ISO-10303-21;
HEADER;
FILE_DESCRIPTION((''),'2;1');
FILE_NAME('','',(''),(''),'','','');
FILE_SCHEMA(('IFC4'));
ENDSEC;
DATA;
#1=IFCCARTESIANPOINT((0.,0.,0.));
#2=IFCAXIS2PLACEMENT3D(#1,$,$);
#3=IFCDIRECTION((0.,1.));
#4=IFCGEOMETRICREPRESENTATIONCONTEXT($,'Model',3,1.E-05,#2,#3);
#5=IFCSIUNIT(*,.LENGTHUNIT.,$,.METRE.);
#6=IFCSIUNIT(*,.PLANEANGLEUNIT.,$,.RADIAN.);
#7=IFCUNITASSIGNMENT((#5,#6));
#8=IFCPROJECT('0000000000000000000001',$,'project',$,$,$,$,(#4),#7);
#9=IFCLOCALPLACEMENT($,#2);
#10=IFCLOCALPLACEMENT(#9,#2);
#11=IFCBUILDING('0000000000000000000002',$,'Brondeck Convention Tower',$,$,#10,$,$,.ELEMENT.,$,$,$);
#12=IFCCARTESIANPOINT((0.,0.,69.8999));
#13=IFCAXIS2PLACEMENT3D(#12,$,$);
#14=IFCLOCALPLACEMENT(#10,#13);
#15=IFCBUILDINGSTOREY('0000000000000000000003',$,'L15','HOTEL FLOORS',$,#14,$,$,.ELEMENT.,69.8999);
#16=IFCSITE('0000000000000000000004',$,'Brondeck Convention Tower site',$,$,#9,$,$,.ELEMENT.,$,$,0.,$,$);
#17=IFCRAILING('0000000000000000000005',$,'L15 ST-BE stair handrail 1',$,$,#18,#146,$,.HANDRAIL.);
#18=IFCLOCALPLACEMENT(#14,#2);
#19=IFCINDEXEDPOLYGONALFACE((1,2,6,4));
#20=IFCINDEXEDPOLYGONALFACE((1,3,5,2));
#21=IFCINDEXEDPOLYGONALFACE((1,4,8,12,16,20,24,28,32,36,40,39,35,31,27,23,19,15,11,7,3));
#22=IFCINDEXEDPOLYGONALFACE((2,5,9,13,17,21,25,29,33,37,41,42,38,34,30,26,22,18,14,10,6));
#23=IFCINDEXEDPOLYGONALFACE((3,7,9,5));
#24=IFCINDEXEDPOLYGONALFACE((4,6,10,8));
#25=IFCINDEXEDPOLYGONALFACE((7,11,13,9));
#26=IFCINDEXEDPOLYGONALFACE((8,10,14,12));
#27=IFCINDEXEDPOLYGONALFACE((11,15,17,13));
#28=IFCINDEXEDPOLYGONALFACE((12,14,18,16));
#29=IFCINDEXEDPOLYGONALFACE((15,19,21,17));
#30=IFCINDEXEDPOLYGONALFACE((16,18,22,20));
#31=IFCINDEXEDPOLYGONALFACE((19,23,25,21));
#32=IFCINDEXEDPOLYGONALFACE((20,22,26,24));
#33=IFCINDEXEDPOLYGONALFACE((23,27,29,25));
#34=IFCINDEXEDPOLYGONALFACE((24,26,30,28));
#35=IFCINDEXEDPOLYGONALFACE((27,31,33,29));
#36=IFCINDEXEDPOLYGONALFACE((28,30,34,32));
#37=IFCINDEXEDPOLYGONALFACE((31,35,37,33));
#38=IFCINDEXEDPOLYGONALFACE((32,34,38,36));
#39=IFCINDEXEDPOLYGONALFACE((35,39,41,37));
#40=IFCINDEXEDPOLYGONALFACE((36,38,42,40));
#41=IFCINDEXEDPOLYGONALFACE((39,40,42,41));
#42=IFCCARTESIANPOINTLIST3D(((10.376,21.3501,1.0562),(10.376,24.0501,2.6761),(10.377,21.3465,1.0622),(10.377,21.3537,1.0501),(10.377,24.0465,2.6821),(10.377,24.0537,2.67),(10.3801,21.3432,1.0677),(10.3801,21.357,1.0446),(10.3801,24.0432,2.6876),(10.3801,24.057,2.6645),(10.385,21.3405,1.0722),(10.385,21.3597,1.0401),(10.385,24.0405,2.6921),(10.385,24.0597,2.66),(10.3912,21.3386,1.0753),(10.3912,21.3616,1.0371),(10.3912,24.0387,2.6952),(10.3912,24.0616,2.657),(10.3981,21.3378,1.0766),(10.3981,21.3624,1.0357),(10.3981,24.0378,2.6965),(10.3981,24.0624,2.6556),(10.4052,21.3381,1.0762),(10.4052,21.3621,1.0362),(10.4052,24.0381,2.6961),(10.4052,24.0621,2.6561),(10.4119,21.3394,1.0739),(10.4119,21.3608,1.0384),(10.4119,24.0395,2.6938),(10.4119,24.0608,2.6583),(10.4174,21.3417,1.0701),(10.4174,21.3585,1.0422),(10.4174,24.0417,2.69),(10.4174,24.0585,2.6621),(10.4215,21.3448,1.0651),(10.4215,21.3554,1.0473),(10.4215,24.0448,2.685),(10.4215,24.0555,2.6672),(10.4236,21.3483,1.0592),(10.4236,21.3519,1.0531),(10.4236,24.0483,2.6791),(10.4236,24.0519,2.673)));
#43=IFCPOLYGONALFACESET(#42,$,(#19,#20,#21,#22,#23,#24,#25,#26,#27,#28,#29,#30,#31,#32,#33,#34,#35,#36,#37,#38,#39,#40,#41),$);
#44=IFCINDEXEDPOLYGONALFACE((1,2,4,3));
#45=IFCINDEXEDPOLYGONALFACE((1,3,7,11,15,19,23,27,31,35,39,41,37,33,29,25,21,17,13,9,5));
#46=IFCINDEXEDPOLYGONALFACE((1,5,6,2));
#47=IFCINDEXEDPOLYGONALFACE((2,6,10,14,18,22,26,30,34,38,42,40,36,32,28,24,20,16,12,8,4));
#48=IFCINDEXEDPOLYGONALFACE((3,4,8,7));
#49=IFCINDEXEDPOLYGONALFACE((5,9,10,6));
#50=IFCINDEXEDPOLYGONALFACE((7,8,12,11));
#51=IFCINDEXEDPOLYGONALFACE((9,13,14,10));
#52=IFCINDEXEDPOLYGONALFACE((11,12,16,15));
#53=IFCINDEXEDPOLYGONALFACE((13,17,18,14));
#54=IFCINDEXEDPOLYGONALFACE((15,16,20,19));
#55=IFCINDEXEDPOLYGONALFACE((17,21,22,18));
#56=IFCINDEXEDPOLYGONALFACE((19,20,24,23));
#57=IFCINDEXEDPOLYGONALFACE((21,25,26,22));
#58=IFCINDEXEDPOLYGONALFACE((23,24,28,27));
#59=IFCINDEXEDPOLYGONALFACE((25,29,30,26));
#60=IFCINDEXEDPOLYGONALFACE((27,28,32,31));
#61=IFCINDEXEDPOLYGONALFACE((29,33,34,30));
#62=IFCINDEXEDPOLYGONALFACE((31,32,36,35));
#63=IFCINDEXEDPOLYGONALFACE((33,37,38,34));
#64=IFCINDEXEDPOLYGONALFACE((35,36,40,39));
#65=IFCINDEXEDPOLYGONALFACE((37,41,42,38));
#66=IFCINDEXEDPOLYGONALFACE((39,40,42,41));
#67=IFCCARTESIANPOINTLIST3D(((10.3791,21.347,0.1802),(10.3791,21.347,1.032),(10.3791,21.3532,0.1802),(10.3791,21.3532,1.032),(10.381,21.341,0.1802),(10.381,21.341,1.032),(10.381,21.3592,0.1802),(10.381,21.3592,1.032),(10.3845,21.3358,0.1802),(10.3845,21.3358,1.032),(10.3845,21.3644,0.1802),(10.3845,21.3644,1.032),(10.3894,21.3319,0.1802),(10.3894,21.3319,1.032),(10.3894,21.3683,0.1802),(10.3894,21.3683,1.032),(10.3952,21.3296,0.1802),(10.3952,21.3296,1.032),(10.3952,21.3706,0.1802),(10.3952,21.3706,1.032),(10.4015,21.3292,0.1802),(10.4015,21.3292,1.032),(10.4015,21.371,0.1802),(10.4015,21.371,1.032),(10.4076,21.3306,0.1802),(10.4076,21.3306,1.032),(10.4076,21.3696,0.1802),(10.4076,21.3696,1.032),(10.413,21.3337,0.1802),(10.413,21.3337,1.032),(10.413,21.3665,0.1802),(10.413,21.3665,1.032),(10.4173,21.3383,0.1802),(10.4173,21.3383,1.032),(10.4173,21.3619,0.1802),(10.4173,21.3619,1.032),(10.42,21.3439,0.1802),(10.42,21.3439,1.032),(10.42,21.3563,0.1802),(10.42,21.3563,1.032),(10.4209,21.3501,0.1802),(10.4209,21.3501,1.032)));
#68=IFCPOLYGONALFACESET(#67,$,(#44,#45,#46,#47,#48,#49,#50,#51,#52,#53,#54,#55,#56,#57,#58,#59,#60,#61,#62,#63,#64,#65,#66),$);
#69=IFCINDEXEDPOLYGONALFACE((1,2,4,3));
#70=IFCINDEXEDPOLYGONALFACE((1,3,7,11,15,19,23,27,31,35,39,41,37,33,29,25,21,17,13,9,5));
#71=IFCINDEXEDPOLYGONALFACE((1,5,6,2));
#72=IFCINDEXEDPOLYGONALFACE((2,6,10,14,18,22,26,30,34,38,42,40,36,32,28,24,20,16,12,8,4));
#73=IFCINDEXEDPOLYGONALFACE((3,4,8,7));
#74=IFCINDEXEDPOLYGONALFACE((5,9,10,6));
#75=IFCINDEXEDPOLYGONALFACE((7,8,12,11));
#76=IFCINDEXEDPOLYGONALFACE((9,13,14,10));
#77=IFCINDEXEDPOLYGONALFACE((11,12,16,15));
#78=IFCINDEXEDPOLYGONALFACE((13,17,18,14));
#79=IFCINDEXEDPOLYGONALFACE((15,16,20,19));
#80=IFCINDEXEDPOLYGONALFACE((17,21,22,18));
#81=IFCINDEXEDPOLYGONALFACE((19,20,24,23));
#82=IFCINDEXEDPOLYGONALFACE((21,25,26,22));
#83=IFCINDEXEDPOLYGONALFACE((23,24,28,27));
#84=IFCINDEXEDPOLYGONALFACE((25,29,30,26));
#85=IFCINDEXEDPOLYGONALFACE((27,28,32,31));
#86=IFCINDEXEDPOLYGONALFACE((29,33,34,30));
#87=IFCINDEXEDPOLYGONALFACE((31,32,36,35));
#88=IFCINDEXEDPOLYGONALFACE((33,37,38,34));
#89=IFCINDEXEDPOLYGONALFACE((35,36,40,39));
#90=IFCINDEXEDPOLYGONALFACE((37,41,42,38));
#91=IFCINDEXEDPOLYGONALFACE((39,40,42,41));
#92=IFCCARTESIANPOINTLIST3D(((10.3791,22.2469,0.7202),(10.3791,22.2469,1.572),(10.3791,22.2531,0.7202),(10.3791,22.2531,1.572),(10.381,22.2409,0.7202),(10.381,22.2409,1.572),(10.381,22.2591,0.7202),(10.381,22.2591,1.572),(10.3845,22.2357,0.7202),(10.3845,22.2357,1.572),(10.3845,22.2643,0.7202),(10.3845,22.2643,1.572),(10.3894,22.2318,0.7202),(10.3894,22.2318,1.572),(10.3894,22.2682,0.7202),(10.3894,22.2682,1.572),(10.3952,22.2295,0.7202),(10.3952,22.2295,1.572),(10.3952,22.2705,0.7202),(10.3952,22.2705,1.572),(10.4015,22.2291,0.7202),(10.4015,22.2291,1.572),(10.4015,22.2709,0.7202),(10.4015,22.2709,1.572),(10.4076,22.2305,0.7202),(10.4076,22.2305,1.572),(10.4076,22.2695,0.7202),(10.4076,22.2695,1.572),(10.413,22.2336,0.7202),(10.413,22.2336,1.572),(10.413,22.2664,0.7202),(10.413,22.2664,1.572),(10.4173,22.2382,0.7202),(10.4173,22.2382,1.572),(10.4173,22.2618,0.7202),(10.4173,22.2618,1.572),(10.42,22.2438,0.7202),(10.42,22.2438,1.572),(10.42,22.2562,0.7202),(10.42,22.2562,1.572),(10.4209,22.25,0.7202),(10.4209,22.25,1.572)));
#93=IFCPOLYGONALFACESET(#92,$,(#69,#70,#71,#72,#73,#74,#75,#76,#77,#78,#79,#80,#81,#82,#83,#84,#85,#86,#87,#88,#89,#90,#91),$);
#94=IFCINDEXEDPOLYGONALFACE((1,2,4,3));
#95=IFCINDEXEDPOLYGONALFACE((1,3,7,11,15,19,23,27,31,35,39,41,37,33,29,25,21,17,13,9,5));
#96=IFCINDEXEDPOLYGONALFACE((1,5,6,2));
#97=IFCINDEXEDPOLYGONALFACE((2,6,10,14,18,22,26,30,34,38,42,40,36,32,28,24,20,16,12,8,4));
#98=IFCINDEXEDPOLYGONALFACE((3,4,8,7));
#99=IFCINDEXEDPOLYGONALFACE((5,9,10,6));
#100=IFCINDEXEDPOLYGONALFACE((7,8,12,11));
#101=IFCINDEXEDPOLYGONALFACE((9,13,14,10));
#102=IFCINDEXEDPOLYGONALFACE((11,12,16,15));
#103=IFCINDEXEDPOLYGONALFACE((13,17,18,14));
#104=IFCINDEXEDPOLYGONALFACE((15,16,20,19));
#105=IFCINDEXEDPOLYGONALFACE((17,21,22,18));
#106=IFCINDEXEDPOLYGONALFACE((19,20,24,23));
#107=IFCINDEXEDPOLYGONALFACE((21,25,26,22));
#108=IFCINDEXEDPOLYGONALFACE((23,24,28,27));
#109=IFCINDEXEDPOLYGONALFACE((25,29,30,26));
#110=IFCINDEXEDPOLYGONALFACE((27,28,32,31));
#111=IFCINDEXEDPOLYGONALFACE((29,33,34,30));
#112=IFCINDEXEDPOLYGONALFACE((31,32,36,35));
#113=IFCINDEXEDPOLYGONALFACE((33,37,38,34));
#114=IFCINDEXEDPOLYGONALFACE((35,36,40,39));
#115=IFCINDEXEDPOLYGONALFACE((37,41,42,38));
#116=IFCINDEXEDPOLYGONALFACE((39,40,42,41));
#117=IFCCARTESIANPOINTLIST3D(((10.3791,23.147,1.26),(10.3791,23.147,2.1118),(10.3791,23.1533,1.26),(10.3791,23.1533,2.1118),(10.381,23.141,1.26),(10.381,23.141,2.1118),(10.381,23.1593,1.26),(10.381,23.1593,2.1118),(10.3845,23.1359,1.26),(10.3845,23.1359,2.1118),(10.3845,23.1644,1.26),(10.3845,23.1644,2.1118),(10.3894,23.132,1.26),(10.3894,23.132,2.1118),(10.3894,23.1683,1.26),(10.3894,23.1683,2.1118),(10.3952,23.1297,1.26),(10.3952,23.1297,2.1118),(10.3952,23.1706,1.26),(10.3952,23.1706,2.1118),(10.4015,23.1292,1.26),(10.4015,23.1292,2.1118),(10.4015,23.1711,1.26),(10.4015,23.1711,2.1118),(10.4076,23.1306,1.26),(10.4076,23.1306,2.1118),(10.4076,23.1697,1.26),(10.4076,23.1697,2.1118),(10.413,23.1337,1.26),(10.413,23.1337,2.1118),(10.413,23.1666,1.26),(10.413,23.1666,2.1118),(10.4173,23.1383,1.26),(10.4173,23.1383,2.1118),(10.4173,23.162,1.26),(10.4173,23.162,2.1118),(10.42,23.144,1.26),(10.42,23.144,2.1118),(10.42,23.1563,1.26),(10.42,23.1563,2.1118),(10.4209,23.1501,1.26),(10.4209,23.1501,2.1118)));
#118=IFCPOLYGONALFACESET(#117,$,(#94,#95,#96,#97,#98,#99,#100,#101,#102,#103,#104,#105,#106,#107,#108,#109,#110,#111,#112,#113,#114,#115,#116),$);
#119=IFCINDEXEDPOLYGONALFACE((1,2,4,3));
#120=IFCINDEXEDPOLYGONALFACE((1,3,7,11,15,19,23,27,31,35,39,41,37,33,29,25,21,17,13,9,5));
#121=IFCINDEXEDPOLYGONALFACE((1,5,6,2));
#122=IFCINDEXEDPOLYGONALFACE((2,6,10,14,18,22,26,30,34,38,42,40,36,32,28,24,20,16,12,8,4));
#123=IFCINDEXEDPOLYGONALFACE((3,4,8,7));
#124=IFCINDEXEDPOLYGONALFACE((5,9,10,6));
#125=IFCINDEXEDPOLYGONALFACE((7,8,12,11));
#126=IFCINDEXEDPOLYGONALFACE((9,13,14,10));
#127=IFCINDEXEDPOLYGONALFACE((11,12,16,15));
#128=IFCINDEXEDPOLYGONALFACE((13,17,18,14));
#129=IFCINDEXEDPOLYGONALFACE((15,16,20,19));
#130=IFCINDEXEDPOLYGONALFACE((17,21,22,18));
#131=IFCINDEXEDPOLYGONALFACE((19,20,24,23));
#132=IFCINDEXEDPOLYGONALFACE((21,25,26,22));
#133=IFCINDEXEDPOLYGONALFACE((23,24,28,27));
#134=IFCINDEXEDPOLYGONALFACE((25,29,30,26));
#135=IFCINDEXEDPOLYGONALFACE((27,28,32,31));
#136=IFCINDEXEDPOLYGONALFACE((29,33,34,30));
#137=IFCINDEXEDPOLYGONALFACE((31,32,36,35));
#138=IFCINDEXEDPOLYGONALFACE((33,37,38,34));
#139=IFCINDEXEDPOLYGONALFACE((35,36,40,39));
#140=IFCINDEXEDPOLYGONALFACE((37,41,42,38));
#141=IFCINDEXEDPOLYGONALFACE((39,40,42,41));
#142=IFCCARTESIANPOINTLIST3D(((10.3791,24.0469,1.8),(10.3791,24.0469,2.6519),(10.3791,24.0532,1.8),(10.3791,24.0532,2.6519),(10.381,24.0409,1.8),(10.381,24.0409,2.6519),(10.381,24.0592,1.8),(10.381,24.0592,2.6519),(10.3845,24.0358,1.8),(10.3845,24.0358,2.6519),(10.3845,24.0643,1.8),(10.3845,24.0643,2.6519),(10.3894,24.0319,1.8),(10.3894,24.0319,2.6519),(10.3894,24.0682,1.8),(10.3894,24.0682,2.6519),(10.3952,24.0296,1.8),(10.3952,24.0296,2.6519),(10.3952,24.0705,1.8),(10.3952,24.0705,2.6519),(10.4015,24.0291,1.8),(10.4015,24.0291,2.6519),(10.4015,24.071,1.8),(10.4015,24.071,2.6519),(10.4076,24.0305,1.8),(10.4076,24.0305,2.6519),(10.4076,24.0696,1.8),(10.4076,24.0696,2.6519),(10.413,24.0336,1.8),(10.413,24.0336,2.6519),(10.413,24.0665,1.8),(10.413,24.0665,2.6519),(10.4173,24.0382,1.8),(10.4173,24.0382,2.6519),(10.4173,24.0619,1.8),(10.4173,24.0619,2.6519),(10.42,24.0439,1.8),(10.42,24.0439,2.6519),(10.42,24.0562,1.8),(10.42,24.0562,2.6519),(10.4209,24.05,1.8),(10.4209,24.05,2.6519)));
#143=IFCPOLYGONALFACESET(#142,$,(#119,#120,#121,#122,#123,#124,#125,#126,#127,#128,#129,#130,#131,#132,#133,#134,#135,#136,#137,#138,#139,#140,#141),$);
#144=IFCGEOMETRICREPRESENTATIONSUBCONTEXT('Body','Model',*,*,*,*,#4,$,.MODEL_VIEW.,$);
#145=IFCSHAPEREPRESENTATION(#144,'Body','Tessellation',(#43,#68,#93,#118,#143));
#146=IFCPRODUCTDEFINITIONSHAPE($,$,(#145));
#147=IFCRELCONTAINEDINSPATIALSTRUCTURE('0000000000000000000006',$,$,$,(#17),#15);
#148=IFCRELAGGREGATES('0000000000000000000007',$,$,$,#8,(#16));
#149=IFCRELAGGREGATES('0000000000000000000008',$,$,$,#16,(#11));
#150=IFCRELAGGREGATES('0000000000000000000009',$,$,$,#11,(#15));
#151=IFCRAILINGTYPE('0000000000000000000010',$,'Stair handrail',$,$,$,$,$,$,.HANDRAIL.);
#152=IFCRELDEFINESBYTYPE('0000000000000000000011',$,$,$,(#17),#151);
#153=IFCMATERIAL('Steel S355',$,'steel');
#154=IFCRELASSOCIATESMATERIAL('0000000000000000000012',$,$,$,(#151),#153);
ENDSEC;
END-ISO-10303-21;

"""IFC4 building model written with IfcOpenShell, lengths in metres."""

from ifc_helpers import new_model, si_unit, direction, frame, origin, origin_2d, place, context, subcontext, project, spatial, circle, extrude, material, type_object, element, save


model = new_model("IFC4")

# Units and contexts
model_context = context("Model", 3, precision=1e-05, world=origin(), true_north=direction((0.0, 1.0)))
body_context = subcontext(model_context, "Body", "Model", "MODEL_VIEW")
ifc_project = project(units=[si_unit("LENGTHUNIT", "METRE"), si_unit("PLANEANGLEUNIT", "RADIAN")], contexts=[model_context])

# Site, building, storey
site_placement = place(None, origin())
site = spatial("IfcSite", under=ifc_project, at=site_placement, Name="Brondeck Convention Tower site", CompositionType="ELEMENT", RefElevation=0.0)
building_placement = place(site_placement, origin())
building = spatial("IfcBuilding", under=site, at=building_placement, Name="Brondeck Convention Tower", CompositionType="ELEMENT")
storey_placement = place(building_placement, frame((0.0, 0.0, 69.8999)))
storey = spatial("IfcBuildingStorey", under=building, at=storey_placement, Name="L15", Description="HOTEL FLOORS", CompositionType="ELEMENT", Elevation=69.8999)

# Shared definitions
ifc_material_1 = material(Name="Steel S355", Category="steel")

# Railing
railing_type_1 = type_object("IfcRailingType", Name="Stair handrail", PredefinedType="HANDRAIL", material=ifc_material_1)
railing_1_placement = place(storey_placement, frame((10.3999, 21.3501, 0.1802)))
element("IfcRailing", 1, at=railing_1_placement, inside=storey, type_object=railing_type_1, Name="L15 ST-BE stair handrail 1", PredefinedType="HANDRAIL", context=body_context, shape_type="SweptSolid", body=[
    extrude(circle(Radius=0.0239, at=origin_2d()), frame((0.0, 0.0, 0.876), z_axis=(0.0, 0.857507, 0.514473), x_axis=(-1.0, 0.0, 0.0)), (0.0, 0.0, 1.0), 3.1487),
    extrude(circle(Radius=0.021, at=origin_2d()), origin(), (0.0, 0.0, 1.0), 0.8518),
    extrude(circle(Radius=0.021, at=origin_2d()), frame((0.0, 0.8999, 0.54)), (0.0, 0.0, 1.0), 0.8518),
    extrude(circle(Radius=0.021, at=origin_2d()), frame((0.0, 1.8, 1.0798)), (0.0, 0.0, 1.0), 0.8518),
    extrude(circle(Radius=0.021, at=origin_2d()), frame((0.0, 2.7, 1.6199)), (0.0, 0.0, 1.0), 0.8518),
])

save(model, "model.ifc")
